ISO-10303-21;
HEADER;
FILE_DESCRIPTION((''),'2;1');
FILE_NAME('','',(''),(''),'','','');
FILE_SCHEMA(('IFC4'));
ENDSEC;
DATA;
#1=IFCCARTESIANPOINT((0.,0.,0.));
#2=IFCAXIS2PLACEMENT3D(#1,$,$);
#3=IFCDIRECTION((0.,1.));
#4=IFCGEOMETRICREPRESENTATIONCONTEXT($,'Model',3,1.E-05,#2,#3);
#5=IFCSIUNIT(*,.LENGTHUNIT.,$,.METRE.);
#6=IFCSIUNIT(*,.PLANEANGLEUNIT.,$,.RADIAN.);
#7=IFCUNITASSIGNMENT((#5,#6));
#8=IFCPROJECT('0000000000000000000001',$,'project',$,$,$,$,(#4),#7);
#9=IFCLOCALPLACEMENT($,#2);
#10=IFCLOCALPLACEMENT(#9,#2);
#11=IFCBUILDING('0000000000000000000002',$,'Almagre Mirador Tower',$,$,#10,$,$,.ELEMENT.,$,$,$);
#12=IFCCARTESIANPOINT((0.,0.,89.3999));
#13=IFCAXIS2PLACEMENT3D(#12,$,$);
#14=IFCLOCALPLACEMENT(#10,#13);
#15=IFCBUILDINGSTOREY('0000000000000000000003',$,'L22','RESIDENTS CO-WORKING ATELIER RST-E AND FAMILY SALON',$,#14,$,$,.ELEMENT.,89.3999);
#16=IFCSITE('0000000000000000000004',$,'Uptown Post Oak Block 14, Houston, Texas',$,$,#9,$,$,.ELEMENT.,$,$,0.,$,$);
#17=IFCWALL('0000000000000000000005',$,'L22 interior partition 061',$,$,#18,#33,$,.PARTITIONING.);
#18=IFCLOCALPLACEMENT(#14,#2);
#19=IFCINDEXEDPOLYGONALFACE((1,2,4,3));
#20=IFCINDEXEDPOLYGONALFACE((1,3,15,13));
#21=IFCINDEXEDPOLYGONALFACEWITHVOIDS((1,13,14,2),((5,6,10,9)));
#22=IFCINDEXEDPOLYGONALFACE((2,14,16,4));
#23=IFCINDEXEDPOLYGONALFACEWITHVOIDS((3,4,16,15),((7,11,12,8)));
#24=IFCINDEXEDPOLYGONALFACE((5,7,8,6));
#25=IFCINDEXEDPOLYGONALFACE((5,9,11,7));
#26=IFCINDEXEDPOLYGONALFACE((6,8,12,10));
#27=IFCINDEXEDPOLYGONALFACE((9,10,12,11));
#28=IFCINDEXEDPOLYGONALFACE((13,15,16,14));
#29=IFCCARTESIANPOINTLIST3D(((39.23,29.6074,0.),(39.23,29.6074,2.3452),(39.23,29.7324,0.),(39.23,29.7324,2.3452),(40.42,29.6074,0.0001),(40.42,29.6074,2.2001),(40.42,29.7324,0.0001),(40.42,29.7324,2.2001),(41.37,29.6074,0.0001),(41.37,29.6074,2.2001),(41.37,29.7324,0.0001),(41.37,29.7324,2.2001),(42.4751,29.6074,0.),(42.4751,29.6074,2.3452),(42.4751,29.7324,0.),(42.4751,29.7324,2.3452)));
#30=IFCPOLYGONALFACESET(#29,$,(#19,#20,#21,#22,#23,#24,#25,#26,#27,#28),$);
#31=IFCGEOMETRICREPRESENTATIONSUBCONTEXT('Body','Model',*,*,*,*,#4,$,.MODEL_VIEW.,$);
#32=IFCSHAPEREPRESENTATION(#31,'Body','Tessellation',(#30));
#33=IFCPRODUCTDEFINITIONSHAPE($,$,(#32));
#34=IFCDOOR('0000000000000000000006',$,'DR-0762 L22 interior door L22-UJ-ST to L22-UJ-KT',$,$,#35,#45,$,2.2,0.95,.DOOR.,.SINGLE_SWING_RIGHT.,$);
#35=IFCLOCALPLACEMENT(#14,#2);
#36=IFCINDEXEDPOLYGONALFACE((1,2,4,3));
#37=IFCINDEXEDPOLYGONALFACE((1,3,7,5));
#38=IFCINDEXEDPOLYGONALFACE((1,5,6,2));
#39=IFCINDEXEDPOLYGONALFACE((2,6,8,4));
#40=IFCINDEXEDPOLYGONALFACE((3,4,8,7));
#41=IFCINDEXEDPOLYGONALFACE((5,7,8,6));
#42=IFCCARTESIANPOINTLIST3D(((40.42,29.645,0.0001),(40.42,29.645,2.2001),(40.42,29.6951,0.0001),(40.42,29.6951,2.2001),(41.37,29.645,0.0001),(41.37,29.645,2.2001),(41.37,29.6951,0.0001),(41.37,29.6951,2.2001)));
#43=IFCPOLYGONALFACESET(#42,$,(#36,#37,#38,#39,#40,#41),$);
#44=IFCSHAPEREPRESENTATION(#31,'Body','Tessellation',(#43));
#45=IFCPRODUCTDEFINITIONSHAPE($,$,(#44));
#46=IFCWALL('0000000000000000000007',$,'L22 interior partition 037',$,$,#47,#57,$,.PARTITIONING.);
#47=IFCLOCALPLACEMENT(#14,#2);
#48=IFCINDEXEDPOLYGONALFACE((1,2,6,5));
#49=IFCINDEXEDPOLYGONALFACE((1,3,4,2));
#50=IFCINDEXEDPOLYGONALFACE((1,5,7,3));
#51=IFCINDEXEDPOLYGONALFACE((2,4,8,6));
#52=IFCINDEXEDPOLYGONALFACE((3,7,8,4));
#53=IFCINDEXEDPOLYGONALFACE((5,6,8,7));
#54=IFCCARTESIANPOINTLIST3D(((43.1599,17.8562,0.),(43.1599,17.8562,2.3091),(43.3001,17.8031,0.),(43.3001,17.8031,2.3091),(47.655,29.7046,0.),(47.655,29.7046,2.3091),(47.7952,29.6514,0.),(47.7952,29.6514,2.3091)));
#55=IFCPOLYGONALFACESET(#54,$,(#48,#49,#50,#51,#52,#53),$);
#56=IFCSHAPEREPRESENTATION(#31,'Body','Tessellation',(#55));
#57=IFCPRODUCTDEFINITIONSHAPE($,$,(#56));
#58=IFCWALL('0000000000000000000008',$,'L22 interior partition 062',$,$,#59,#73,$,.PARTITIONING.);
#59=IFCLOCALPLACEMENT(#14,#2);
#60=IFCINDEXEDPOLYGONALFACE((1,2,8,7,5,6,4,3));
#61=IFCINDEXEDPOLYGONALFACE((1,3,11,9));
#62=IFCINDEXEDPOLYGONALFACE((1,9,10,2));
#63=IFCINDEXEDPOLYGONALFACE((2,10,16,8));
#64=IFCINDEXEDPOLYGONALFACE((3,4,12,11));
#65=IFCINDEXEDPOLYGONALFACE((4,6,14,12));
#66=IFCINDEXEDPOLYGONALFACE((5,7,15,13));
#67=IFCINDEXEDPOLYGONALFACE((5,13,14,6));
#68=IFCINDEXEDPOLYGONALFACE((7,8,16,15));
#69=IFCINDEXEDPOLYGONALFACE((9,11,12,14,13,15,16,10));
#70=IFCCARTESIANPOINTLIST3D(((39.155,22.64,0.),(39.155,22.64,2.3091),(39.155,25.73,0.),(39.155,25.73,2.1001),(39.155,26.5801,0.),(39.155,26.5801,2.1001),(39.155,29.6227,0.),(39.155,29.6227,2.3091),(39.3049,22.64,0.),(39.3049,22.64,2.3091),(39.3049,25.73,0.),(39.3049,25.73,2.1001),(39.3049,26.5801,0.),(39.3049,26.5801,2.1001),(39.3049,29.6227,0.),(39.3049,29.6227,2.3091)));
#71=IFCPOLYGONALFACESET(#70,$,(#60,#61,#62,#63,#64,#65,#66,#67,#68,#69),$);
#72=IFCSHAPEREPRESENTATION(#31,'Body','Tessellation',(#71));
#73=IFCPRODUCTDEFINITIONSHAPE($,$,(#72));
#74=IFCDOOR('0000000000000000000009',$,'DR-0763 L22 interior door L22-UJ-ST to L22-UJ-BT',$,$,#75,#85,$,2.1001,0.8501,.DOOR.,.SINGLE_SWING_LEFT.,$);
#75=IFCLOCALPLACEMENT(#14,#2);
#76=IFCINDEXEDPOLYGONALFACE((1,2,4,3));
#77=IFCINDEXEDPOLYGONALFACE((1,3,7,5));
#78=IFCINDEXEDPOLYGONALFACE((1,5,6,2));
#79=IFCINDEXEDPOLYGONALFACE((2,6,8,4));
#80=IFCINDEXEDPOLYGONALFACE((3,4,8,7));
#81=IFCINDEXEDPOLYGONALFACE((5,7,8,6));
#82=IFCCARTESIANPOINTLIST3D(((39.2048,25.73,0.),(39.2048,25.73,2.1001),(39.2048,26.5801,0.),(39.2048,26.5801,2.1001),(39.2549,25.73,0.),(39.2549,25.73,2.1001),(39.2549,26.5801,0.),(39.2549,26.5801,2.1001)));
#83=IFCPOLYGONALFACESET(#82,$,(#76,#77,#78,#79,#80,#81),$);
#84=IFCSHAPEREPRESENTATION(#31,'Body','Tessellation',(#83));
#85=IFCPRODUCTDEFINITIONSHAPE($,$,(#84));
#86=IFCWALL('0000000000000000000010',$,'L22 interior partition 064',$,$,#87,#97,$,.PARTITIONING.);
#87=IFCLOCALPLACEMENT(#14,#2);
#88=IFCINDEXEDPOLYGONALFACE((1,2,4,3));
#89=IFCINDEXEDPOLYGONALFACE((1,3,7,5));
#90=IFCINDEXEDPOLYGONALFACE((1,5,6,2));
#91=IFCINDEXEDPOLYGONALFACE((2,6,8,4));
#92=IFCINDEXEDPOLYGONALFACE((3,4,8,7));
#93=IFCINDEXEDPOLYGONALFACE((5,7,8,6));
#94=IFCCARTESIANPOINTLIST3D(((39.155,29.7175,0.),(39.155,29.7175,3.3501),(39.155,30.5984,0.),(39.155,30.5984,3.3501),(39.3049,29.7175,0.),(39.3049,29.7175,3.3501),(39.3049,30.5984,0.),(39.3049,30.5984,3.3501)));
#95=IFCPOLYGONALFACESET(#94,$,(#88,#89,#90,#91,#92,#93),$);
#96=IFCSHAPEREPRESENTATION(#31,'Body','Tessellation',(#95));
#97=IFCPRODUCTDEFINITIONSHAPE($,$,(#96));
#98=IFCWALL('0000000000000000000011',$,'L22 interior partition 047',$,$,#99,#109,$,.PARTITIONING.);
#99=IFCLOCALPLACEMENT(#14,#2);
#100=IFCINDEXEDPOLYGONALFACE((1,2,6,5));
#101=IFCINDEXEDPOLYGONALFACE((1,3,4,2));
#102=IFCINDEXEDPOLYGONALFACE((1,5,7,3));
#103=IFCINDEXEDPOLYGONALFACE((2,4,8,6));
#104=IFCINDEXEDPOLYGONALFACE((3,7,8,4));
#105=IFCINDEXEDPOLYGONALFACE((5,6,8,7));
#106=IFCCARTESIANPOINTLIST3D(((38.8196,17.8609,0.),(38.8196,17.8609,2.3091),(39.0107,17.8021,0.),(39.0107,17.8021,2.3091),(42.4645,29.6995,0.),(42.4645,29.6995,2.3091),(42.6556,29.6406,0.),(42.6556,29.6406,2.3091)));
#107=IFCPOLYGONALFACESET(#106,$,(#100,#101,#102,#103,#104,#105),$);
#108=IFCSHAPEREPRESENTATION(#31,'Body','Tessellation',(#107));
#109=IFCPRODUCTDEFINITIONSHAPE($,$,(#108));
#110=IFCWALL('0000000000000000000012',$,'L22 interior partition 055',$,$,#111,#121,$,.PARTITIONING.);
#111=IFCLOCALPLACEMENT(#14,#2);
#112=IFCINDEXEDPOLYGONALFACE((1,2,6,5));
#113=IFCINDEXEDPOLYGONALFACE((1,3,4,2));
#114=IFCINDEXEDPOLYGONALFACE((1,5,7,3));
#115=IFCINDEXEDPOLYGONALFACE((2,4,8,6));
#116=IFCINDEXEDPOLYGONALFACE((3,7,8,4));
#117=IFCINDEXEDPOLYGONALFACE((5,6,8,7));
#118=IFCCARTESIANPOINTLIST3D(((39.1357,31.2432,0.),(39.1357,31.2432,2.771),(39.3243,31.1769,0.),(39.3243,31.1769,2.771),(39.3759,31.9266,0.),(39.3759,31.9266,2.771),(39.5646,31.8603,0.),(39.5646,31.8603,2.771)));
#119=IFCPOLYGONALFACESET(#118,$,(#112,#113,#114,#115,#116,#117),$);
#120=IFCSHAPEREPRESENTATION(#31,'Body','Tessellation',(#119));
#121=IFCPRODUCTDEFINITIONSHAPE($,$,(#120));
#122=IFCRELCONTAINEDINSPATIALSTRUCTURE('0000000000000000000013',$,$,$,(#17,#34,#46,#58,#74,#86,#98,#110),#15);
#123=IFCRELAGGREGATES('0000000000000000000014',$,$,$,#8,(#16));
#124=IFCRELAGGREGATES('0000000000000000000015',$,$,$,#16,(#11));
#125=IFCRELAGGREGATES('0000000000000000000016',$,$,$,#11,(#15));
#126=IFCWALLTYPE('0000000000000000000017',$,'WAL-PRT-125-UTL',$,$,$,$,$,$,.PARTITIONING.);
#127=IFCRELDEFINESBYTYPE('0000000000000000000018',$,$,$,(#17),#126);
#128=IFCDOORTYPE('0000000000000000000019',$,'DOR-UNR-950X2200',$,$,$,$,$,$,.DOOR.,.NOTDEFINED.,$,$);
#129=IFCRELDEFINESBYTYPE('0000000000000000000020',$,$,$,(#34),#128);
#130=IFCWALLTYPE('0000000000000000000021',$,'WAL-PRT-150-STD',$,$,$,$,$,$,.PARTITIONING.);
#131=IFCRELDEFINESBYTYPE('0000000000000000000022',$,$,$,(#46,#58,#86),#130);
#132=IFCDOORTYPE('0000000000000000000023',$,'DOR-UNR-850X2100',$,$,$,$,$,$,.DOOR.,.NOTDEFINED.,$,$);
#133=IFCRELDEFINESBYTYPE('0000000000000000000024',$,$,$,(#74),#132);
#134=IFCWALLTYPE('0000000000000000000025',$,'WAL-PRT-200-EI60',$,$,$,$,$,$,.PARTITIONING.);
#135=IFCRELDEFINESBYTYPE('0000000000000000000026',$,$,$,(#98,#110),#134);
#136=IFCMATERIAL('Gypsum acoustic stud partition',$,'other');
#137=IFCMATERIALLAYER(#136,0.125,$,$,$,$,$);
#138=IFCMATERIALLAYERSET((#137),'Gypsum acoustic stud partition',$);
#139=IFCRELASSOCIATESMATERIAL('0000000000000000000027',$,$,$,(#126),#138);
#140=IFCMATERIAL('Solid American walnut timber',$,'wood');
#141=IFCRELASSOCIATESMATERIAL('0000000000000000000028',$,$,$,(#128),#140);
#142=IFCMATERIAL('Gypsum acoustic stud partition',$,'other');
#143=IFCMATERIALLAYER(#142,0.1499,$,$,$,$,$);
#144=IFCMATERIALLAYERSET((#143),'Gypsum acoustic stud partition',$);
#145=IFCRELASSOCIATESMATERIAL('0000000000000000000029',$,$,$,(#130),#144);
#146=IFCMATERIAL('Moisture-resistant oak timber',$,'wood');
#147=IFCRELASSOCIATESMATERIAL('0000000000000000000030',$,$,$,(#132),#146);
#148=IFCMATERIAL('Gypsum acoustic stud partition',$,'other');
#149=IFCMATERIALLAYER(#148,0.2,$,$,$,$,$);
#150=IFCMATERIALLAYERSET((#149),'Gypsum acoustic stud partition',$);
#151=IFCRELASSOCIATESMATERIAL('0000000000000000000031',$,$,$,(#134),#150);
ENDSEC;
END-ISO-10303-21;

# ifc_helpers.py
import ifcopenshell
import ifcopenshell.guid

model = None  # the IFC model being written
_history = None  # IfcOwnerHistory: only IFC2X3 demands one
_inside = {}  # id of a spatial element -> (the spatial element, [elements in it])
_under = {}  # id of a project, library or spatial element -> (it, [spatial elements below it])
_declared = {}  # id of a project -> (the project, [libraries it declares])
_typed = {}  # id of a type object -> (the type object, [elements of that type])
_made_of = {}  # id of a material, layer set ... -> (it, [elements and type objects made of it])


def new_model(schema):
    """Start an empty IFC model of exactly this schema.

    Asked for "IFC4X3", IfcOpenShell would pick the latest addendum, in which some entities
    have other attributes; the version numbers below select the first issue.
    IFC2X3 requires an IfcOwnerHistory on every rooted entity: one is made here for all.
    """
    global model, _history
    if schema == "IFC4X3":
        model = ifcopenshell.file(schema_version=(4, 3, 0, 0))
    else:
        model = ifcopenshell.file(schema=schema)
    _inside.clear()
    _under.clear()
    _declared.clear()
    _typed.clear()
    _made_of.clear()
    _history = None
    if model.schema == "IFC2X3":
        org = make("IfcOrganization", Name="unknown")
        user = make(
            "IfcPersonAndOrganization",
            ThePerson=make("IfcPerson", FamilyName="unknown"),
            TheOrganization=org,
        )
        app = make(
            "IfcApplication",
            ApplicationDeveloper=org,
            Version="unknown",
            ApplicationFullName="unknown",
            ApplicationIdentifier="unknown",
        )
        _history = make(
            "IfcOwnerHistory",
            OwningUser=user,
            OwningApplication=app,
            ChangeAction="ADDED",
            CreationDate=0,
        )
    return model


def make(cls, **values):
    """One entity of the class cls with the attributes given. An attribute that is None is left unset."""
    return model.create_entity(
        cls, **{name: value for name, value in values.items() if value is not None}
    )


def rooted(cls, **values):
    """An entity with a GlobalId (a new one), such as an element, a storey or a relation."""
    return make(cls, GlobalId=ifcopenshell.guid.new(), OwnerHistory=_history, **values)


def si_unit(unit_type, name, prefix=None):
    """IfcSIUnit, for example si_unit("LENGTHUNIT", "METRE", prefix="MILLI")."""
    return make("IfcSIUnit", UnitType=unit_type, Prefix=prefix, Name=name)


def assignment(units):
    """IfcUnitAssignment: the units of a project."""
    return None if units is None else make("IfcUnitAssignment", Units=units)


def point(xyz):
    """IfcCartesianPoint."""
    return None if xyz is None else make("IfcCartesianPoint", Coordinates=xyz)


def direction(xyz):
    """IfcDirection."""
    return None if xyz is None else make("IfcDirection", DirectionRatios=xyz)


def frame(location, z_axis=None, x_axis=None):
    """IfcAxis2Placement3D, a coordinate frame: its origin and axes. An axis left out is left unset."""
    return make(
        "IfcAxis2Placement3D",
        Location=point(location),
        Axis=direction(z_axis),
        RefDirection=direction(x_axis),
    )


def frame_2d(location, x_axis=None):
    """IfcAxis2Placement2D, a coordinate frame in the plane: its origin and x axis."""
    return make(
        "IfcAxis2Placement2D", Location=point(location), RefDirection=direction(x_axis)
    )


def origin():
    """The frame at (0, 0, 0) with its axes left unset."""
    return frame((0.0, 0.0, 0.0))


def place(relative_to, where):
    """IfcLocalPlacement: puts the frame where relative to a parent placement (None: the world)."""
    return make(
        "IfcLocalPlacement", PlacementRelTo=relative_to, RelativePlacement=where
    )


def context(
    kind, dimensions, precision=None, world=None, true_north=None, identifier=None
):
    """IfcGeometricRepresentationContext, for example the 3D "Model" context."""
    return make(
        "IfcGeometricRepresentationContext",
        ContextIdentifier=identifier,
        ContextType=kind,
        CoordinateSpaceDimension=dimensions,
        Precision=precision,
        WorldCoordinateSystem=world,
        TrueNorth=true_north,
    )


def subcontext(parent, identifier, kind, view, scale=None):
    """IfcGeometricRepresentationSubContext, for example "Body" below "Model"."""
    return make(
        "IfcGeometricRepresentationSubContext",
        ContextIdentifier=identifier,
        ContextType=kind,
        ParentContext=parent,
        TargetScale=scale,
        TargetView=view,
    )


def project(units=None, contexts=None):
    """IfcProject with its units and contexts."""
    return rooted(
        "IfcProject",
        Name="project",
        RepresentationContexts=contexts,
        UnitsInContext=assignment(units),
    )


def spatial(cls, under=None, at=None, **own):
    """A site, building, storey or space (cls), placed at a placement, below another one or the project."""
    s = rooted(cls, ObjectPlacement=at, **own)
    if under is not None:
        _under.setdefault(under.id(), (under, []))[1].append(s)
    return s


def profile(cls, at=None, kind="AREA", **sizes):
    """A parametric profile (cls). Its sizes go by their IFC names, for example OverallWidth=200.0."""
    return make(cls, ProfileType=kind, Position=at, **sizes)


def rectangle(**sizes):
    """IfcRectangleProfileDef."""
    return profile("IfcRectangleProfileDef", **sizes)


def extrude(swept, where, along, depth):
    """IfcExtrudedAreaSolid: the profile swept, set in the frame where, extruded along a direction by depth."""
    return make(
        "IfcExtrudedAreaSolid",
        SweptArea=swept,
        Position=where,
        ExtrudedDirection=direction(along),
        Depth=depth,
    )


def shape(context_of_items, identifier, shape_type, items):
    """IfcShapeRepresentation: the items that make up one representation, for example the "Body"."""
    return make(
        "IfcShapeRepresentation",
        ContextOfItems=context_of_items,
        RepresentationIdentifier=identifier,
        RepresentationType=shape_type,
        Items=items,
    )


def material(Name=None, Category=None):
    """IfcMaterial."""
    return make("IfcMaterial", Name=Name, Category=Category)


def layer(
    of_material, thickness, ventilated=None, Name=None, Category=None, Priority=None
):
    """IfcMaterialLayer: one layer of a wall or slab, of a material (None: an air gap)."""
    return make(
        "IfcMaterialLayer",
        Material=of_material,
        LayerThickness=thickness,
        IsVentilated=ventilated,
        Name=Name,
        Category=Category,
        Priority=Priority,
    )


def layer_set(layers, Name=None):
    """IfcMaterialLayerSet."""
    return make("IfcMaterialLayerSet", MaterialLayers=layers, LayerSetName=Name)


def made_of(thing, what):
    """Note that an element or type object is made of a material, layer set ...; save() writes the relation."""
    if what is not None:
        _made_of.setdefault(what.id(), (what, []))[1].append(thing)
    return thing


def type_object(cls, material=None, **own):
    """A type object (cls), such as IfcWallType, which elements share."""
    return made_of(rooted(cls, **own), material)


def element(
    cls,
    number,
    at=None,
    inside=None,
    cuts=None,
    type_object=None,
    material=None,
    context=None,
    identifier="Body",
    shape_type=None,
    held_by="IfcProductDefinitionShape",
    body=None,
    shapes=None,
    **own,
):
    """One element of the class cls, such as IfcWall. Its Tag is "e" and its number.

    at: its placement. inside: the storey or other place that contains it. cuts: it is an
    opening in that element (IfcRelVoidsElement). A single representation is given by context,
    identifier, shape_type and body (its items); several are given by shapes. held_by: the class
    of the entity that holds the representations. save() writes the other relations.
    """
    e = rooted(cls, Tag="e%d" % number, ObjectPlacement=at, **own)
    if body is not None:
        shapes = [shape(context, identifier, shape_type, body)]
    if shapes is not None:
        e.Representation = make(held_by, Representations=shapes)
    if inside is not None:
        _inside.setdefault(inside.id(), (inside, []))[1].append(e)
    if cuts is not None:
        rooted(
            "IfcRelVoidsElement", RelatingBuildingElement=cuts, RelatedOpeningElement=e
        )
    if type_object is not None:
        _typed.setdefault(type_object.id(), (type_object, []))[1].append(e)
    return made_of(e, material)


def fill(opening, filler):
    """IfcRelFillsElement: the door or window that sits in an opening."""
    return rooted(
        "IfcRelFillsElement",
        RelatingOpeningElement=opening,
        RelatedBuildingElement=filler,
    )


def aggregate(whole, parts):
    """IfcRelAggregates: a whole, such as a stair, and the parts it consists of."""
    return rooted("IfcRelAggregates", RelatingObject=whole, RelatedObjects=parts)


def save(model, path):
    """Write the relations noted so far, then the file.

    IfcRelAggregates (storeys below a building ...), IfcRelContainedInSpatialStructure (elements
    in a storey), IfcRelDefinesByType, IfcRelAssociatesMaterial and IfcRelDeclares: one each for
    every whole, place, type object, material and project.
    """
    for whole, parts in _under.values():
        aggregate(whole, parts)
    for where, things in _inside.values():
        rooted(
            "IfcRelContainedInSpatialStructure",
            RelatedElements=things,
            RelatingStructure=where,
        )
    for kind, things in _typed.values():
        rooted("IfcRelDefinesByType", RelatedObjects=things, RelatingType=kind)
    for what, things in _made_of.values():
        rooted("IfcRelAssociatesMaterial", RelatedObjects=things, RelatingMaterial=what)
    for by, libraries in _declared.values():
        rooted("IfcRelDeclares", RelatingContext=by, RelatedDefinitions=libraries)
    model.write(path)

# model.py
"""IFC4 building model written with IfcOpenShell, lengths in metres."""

from ifc_helpers import new_model, si_unit, direction, frame, frame_2d, origin, place, context, subcontext, project, spatial, rectangle, extrude, material, layer, layer_set, type_object, element, fill, save


model = new_model("IFC4")

# Units and contexts
model_context = context("Model", 3, precision=1e-05, world=origin(), true_north=direction((0.0, 1.0)))
body_context = subcontext(model_context, "Body", "Model", "MODEL_VIEW")
ifc_project = project(units=[si_unit("LENGTHUNIT", "METRE"), si_unit("PLANEANGLEUNIT", "RADIAN")], contexts=[model_context])

# Site, building, storey
site_placement = place(None, origin())
site = spatial("IfcSite", under=ifc_project, at=site_placement, Name="Uptown Post Oak Block 14, Houston, Texas", CompositionType="ELEMENT", RefElevation=0.0)
building_placement = place(site_placement, origin())
building = spatial("IfcBuilding", under=site, at=building_placement, Name="Almagre Mirador Tower", CompositionType="ELEMENT")
storey_placement = place(building_placement, frame((0.0, 0.0, 89.3999)))
storey = spatial("IfcBuildingStorey", under=building, at=storey_placement, Name="L22", Description="RESIDENTS CO-WORKING ATELIER RST-E AND FAMILY SALON", CompositionType="ELEMENT", Elevation=89.3999)

# Wall, opening, door
ifc_material_1 = material(Name="Gypsum acoustic stud partition", Category="other")
ifc_layer_1 = layer(ifc_material_1, 0.125)
ifc_layer_set_1 = layer_set([ifc_layer_1], Name="Gypsum acoustic stud partition")
wall_type_1 = type_object("IfcWallType", Name="WAL-PRT-125-UTL", PredefinedType="PARTITIONING", material=ifc_layer_set_1)
wall_1_placement = place(storey_placement, frame((42.4751, 29.6699, 0.0), z_axis=(0.0, 0.0, 1.0), x_axis=(-1.0, 0.0, 0.0)))
wall_1 = element("IfcWall", 1, at=wall_1_placement, inside=storey, type_object=wall_type_1, Name="L22 interior partition 061", PredefinedType="PARTITIONING", context=body_context, shape_type="SweptSolid", body=[
    extrude(rectangle(XDim=3.2451, YDim=0.125, at=frame_2d((1.6226, 0.0))), origin(), (0.0, 0.0, 1.0), 2.3452),
])
opening_1_placement = place(wall_1_placement, frame((1.105, 0.0, 0.0)))
opening_1 = element("IfcOpeningElement", 2, at=opening_1_placement, cuts=wall_1, PredefinedType="OPENING", context=body_context, shape_type="SweptSolid", body=[
    extrude(rectangle(XDim=0.95, YDim=2.2, at=frame_2d((0.4751, 1.1001))), frame((0.0, 0.0725, 0.0), z_axis=(0.0, -1.0, 0.0), x_axis=(1.0, 0.0, 0.0)), (0.0, 0.0, 1.0), 0.145),
])
ifc_material_2 = material(Name="Solid American walnut timber", Category="wood")
door_type_1 = type_object("IfcDoorType", Name="DOR-UNR-950X2200", OperationType="NOTDEFINED", PredefinedType="DOOR", material=ifc_material_2)
door_1_placement = place(opening_1_placement, origin())
door_1 = element("IfcDoor", 3, at=door_1_placement, inside=storey, type_object=door_type_1, Name="DR-0762 L22 interior door L22-UJ-ST to L22-UJ-KT", OperationType="SINGLE_SWING_RIGHT", OverallHeight=2.2, OverallWidth=0.95, PredefinedType="DOOR", context=body_context, shape_type="SweptSolid", body=[
    extrude(rectangle(XDim=0.95, YDim=2.2, at=frame_2d((0.4751, 1.1001))), frame((0.0, 0.0249, 0.0), z_axis=(0.0, -1.0, 0.0), x_axis=(1.0, 0.0, 0.0)), (0.0, 0.0, 1.0), 0.05),
])
fill(opening_1, door_1)

# Wall
ifc_material_3 = material(Name="Gypsum acoustic stud partition", Category="other")
ifc_layer_2 = layer(ifc_material_3, 0.1499)
ifc_layer_set_2 = layer_set([ifc_layer_2], Name="Gypsum acoustic stud partition")
wall_type_2 = type_object("IfcWallType", Name="WAL-PRT-150-STD", PredefinedType="PARTITIONING", material=ifc_layer_set_2)
wall_2_placement = place(storey_placement, frame((47.7251, 29.678, 0.0), z_axis=(0.0, 0.0, 1.0), x_axis=(-0.354716, -0.934974, 0.0)))
element("IfcWall", 4, at=wall_2_placement, inside=storey, type_object=wall_type_2, Name="L22 interior partition 037", PredefinedType="PARTITIONING", context=body_context, shape_type="SweptSolid", body=[
    extrude(rectangle(XDim=12.6724, YDim=0.1499, at=frame_2d((6.3362, 0.0))), origin(), (0.0, 0.0, 1.0), 2.3091),
])

# Wall, opening, door
wall_3_placement = place(storey_placement, frame((39.23, 29.6226, 0.0), z_axis=(0.0, 0.0, 1.0), x_axis=(0.0, -1.0, 0.0)))
wall_3 = element("IfcWall", 5, at=wall_3_placement, inside=storey, type_object=wall_type_2, Name="L22 interior partition 062", PredefinedType="PARTITIONING", context=body_context, shape_type="SweptSolid", body=[
    extrude(rectangle(XDim=6.9827, YDim=0.1499, at=frame_2d((3.4912, 0.0))), origin(), (0.0, 0.0, 1.0), 2.3091),
])
opening_2_placement = place(wall_3_placement, frame((3.0425, 0.0, 0.0)))
opening_2 = element("IfcOpeningElement", 6, at=opening_2_placement, cuts=wall_3, PredefinedType="OPENING", context=body_context, shape_type="SweptSolid", body=[
    extrude(rectangle(XDim=0.8501, YDim=2.1001, at=frame_2d((0.425, 1.05))), frame((0.0, 0.085, 0.0), z_axis=(0.0, -1.0, 0.0), x_axis=(1.0, 0.0, 0.0)), (0.0, 0.0, 1.0), 0.1699),
])
ifc_material_4 = material(Name="Moisture-resistant oak timber", Category="wood")
door_type_2 = type_object("IfcDoorType", Name="DOR-UNR-850X2100", OperationType="NOTDEFINED", PredefinedType="DOOR", material=ifc_material_4)
door_2_placement = place(opening_2_placement, origin())
door_2 = element("IfcDoor", 7, at=door_2_placement, inside=storey, type_object=door_type_2, Name="DR-0763 L22 interior door L22-UJ-ST to L22-UJ-BT", OperationType="SINGLE_SWING_LEFT", OverallHeight=2.1001, OverallWidth=0.8501, PredefinedType="DOOR", context=body_context, shape_type="SweptSolid", body=[
    extrude(rectangle(XDim=0.8501, YDim=2.1001, at=frame_2d((0.425, 1.05))), frame((0.0, 0.0249, 0.0), z_axis=(0.0, -1.0, 0.0), x_axis=(1.0, 0.0, 0.0)), (0.0, 0.0, 1.0), 0.05),
])
fill(opening_2, door_2)

# Walls
wall_4_placement = place(storey_placement, frame((39.23, 30.5984, 0.0), z_axis=(0.0, 0.0, 1.0), x_axis=(0.0, -1.0, 0.0)))
element("IfcWall", 8, at=wall_4_placement, inside=storey, type_object=wall_type_2, Name="L22 interior partition 064", PredefinedType="PARTITIONING", context=body_context, shape_type="SweptSolid", body=[
    extrude(rectangle(XDim=0.8809, YDim=0.1499, at=frame_2d((0.4404, 0.0))), origin(), (0.0, 0.0, 1.0), 3.3501),
])
ifc_material_5 = material(Name="Gypsum acoustic stud partition", Category="other")
ifc_layer_3 = layer(ifc_material_5, 0.2)
ifc_layer_set_3 = layer_set([ifc_layer_3], Name="Gypsum acoustic stud partition")
wall_type_3 = type_object("IfcWallType", Name="WAL-PRT-200-EI60", PredefinedType="PARTITIONING", material=ifc_layer_set_3)
wall_5_placement = place(storey_placement, frame((42.5601, 29.6699, 0.0), z_axis=(0.0, 0.0, 1.0), x_axis=(-0.29426, -0.955725, 0.0)))
element("IfcWall", 9, at=wall_5_placement, inside=storey, type_object=wall_type_3, Name="L22 interior partition 047", PredefinedType="PARTITIONING", context=body_context, shape_type="SweptSolid", body=[
    extrude(rectangle(XDim=12.387, YDim=0.2, at=frame_2d((6.1934, 0.0))), origin(), (0.0, 0.0, 1.0), 2.3091),
])
wall_6_placement = place(storey_placement, frame((39.23, 31.21, 0.0), z_axis=(0.0, 0.0, 1.0), x_axis=(0.331656, 0.9434, 0.0)))
element("IfcWall", 10, at=wall_6_placement, inside=storey, type_object=wall_type_3, Name="L22 interior partition 055", PredefinedType="PARTITIONING", context=body_context, shape_type="SweptSolid", body=[
    extrude(rectangle(XDim=0.7244, YDim=0.2, at=frame_2d((0.3623, 0.0))), origin(), (0.0, 0.0, 1.0), 2.771),
])

save(model, "model.ifc")
